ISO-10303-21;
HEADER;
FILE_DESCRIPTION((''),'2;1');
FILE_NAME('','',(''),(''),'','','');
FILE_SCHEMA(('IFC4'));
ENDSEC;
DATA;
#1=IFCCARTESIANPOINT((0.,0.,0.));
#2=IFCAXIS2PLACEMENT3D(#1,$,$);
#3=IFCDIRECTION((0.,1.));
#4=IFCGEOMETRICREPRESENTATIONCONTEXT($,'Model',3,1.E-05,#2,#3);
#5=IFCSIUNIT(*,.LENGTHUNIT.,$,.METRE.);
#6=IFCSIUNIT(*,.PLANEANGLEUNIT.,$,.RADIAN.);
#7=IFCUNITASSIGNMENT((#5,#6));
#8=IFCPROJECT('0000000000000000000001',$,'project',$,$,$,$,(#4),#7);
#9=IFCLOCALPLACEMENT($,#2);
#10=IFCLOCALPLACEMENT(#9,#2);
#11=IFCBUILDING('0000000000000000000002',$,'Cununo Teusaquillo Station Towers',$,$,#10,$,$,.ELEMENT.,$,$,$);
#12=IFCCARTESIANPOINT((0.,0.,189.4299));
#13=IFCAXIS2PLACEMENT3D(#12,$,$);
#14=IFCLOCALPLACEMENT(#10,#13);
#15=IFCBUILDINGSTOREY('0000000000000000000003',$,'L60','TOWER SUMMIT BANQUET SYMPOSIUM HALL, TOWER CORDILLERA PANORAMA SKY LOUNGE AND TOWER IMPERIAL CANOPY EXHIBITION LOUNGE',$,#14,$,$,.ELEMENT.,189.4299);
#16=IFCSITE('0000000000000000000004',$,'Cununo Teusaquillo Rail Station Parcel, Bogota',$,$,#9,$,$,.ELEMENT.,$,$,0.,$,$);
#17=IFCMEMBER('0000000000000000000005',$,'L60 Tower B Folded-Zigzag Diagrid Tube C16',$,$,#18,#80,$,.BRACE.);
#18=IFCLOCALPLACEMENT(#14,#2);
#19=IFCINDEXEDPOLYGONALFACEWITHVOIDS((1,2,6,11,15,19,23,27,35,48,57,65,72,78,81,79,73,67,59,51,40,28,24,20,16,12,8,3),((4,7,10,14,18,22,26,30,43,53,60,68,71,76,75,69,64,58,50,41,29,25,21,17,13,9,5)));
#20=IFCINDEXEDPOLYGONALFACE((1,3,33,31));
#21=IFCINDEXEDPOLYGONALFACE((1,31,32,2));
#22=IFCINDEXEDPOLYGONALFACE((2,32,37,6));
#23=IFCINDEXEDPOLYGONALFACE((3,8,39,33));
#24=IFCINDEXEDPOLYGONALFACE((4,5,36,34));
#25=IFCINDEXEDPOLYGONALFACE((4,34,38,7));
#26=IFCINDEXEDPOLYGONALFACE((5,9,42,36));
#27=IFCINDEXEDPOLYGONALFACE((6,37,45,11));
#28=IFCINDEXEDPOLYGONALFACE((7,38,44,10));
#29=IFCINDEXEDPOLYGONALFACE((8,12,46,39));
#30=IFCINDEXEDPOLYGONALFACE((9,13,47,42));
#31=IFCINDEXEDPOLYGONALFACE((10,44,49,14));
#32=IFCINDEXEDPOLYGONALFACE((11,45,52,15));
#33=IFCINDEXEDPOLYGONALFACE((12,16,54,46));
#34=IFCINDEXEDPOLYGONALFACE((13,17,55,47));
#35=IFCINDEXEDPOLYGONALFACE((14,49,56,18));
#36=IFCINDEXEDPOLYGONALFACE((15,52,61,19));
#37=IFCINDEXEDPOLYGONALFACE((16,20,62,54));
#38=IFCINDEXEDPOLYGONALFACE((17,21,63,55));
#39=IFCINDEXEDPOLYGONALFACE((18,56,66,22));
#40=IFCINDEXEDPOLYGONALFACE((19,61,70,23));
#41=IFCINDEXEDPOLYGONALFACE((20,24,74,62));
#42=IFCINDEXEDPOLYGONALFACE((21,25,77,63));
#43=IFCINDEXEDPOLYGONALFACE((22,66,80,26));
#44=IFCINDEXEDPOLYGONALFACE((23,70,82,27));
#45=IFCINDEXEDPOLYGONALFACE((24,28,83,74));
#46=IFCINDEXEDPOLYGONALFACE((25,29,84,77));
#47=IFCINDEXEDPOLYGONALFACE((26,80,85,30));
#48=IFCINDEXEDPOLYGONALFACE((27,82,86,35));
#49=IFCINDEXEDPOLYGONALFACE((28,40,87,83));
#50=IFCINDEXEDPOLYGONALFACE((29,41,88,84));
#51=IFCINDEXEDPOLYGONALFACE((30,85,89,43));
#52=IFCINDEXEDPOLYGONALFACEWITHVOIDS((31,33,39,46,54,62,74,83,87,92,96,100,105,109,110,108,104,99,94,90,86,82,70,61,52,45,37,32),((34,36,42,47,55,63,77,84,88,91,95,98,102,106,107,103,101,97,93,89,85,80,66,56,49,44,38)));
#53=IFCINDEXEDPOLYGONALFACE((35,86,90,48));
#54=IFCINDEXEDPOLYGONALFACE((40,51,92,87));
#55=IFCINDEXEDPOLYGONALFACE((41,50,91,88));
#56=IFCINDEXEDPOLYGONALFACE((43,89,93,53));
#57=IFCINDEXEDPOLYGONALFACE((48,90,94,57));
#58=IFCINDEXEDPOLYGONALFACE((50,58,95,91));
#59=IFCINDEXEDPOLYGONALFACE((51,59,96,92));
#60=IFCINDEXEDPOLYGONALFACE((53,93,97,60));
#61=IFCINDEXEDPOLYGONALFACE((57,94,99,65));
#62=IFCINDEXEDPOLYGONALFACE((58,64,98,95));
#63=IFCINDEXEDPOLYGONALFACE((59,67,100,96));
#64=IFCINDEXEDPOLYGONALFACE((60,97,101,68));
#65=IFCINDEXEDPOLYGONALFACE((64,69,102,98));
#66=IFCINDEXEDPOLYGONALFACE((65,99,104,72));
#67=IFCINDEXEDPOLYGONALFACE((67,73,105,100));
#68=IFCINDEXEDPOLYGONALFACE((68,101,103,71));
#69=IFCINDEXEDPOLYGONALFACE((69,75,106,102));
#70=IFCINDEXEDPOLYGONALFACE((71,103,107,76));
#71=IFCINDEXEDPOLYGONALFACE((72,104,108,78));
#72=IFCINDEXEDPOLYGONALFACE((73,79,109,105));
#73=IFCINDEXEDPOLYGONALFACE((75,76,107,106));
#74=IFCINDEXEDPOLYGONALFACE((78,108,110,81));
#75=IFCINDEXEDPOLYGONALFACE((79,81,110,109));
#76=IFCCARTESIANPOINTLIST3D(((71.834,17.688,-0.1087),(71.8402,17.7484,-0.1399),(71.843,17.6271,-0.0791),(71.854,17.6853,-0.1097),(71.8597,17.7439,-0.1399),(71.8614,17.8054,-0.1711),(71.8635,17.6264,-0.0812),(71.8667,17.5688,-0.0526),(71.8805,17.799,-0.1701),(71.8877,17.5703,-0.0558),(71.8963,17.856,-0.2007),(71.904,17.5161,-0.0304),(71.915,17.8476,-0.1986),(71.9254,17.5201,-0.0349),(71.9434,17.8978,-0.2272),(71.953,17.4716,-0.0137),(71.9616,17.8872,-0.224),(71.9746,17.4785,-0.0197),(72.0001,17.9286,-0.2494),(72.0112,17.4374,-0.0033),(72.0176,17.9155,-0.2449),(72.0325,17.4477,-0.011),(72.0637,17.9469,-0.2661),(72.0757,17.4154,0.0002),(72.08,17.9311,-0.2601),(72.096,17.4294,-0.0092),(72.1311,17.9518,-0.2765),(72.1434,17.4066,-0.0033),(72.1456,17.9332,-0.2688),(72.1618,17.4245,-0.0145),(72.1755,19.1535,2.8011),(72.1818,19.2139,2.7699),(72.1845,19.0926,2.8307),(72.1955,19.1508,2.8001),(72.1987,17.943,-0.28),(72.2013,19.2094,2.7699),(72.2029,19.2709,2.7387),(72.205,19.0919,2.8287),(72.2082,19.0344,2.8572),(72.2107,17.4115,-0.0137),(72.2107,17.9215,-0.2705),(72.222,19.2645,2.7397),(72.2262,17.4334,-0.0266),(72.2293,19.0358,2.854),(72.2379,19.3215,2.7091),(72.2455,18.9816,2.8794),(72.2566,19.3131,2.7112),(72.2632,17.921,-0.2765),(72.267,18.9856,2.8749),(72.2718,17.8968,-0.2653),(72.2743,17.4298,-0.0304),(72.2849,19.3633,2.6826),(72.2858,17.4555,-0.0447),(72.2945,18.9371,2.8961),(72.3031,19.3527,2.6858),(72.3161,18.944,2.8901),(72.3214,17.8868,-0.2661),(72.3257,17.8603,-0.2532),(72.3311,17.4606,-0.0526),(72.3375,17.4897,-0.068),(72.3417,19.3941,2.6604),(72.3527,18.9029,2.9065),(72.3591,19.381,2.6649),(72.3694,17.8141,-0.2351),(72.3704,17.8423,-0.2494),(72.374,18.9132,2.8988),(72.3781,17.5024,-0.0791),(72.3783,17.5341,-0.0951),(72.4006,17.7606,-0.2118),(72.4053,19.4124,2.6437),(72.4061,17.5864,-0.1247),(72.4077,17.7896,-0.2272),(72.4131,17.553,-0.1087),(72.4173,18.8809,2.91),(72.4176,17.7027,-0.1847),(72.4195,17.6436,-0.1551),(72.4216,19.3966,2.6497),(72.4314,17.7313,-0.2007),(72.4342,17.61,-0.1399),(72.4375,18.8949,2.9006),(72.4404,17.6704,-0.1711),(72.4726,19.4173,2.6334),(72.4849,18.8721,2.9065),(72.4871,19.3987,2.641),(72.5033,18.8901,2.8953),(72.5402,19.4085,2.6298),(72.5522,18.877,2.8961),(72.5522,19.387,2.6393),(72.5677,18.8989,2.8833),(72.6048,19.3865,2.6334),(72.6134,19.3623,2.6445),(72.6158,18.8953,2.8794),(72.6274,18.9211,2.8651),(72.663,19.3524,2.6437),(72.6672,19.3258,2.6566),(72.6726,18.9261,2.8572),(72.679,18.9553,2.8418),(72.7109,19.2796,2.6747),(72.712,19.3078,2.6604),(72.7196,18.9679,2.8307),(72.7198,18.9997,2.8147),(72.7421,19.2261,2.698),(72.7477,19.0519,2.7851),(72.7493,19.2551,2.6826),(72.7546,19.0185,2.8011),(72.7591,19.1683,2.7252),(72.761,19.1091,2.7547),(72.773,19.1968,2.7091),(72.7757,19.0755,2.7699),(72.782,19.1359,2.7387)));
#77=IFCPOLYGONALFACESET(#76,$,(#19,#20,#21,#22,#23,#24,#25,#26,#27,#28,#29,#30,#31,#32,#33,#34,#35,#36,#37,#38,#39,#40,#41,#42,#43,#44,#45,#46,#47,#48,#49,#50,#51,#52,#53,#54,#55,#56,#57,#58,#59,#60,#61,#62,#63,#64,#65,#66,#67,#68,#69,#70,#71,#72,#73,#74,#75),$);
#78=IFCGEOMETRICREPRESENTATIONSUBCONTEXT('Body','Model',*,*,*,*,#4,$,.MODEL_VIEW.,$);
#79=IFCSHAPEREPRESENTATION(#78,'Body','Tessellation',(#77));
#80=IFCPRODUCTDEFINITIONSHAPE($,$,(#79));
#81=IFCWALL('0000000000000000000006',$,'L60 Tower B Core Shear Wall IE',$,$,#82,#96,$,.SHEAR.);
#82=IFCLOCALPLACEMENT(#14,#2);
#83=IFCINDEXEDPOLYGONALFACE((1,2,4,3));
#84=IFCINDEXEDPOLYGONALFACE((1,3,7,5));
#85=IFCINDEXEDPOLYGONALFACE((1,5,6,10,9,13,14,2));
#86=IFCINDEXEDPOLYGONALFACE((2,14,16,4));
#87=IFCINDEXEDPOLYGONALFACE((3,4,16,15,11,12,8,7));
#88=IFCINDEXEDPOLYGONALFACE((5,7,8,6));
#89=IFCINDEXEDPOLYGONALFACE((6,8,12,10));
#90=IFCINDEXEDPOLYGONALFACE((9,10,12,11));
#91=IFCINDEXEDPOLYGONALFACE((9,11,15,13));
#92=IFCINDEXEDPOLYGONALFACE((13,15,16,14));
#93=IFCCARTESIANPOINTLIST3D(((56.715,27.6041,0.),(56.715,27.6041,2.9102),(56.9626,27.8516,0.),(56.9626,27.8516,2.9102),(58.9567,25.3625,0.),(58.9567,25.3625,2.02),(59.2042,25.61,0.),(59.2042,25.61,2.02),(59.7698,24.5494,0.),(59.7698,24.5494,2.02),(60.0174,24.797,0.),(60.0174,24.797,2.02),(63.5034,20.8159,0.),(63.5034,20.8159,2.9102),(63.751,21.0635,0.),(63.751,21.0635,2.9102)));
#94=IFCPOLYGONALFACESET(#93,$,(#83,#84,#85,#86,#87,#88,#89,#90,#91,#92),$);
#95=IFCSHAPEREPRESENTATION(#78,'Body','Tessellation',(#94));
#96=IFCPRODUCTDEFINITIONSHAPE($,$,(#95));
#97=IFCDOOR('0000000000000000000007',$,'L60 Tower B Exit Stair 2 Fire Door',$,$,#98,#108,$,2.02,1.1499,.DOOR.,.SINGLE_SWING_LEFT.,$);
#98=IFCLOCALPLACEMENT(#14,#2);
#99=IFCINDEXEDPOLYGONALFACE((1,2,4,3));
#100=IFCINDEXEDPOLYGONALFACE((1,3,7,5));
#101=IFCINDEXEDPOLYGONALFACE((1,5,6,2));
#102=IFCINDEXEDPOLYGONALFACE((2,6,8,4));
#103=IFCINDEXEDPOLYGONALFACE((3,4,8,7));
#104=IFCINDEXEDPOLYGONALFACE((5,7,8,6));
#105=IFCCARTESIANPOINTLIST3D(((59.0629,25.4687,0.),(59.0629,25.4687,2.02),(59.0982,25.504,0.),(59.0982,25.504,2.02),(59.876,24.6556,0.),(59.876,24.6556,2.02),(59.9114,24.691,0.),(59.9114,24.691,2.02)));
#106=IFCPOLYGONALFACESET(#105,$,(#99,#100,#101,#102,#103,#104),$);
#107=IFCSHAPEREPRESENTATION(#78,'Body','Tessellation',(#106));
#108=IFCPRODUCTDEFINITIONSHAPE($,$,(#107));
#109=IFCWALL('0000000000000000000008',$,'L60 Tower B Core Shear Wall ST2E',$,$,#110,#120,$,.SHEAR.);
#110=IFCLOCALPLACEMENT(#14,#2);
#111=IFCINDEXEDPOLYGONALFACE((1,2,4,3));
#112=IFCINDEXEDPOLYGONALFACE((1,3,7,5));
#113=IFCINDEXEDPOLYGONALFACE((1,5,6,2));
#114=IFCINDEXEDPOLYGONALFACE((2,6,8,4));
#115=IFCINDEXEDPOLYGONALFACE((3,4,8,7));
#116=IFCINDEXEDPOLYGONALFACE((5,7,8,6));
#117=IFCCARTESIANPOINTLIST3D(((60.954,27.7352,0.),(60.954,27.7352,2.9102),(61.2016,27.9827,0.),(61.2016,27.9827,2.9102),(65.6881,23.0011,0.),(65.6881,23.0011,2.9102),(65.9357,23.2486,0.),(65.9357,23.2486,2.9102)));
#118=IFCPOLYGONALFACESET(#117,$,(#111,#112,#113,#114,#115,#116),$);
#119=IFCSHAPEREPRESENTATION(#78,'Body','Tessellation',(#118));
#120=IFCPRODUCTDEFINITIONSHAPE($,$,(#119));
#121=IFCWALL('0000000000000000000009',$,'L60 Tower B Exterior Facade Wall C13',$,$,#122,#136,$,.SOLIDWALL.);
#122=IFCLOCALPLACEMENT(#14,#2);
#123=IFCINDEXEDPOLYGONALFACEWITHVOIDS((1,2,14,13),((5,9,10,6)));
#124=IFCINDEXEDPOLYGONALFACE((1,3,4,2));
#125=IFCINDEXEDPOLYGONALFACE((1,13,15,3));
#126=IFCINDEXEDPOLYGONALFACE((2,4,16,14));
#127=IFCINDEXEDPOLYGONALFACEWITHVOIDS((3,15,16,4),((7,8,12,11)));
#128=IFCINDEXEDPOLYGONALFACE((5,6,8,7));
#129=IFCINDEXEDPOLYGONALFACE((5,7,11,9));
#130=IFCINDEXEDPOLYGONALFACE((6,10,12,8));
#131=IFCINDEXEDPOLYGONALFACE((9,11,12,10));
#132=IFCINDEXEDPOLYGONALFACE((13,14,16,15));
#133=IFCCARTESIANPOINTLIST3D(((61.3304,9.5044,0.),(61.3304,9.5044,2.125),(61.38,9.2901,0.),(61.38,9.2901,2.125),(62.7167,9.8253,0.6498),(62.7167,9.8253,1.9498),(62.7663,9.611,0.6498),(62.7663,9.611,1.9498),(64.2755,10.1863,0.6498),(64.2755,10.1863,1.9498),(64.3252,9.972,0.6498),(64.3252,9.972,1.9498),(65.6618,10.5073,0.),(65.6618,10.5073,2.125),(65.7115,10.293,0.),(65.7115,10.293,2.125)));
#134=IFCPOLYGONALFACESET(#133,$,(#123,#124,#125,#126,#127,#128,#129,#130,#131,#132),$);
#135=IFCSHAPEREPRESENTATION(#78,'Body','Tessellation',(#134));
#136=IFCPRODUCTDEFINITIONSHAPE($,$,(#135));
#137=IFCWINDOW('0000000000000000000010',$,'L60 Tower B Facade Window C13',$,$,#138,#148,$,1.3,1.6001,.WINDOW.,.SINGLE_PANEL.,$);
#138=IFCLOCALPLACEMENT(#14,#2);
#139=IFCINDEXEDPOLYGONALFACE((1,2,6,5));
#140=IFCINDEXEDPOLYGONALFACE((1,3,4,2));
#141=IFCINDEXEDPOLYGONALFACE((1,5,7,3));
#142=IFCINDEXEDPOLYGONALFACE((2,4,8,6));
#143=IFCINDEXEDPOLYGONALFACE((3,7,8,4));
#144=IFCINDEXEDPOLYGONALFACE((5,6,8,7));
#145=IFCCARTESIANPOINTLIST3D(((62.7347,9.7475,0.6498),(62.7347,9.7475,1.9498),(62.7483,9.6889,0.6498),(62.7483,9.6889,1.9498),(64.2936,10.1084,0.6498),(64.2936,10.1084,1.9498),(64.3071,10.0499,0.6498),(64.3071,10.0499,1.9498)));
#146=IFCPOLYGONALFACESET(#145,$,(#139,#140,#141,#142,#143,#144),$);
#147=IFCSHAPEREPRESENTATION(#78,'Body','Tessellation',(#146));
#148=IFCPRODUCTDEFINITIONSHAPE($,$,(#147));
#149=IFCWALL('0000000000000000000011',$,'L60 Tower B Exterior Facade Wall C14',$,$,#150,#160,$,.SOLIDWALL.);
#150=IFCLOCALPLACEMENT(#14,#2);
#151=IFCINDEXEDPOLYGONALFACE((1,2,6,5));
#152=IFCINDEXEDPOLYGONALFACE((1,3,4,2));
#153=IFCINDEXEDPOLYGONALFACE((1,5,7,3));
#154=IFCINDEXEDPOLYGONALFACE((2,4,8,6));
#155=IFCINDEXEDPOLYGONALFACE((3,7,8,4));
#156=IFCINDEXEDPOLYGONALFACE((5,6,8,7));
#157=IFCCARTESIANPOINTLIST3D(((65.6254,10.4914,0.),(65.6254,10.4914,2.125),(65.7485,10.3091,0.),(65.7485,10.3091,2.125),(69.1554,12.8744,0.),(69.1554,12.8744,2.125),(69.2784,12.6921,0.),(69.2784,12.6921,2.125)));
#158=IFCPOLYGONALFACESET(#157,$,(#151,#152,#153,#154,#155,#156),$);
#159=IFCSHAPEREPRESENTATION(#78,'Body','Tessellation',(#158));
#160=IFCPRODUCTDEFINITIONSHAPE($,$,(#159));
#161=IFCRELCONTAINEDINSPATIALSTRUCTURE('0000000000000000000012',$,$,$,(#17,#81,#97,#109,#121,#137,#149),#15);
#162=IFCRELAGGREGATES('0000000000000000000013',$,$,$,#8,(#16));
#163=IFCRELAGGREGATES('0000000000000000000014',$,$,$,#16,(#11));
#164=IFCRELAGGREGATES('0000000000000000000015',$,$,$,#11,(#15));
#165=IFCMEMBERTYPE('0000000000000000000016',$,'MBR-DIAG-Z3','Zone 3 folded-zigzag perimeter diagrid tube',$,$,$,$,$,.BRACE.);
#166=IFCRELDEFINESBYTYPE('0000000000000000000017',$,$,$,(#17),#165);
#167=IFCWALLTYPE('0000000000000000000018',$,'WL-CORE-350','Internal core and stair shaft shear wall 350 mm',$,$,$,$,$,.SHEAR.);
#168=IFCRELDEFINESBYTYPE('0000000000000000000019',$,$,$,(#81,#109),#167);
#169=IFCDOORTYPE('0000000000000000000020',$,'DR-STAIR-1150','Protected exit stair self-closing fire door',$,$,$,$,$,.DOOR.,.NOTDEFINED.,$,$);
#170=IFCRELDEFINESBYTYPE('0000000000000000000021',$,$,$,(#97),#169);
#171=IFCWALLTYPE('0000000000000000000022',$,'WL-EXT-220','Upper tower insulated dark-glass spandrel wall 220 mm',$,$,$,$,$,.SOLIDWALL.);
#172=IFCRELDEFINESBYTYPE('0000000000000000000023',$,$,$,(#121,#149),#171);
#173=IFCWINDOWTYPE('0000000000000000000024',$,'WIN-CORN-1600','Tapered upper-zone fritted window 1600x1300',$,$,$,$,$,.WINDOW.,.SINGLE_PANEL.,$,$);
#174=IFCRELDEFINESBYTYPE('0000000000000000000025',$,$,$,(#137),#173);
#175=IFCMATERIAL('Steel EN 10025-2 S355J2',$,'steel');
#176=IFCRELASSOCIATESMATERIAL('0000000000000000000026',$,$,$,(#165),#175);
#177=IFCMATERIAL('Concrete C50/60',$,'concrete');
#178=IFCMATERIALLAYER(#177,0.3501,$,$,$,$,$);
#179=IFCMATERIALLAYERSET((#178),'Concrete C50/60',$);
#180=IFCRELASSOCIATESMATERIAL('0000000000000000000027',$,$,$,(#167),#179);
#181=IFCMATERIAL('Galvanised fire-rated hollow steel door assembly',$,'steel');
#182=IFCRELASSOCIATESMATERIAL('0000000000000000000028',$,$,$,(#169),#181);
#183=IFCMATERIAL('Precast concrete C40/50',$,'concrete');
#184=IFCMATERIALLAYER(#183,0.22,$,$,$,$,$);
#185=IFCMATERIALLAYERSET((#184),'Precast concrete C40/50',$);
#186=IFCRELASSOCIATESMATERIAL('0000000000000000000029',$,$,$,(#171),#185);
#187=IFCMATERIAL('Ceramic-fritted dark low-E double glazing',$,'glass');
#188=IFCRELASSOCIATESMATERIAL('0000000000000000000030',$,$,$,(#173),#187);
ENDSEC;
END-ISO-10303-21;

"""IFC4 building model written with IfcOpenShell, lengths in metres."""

from ifc_helpers import new_model, si_unit, direction, frame, frame_2d, origin, origin_2d, place, context, subcontext, project, spatial, rectangle, hollow_circle, extrude, source, transform, mapped, material, layer, layer_set, material_profile, profile_set, type_object, element, fill, save


model = new_model("IFC4")

# Units and contexts
model_context = context("Model", 3, precision=1e-05, world=origin(), true_north=direction((0.0, 1.0)))
body_context = subcontext(model_context, "Body", "Model", "MODEL_VIEW")
ifc_project = project(units=[si_unit("LENGTHUNIT", "METRE"), si_unit("PLANEANGLEUNIT", "RADIAN")], contexts=[model_context])

# Site, building, storey
site_placement = place(None, origin())
site = spatial("IfcSite", under=ifc_project, at=site_placement, Name="Cununo Teusaquillo Rail Station Parcel, Bogota", CompositionType="ELEMENT", RefElevation=0.0)
building_placement = place(site_placement, origin())
building = spatial("IfcBuilding", under=site, at=building_placement, Name="Cununo Teusaquillo Station Towers", CompositionType="ELEMENT")
storey_placement = place(building_placement, frame((0.0, 0.0, 189.4299)))
storey = spatial("IfcBuildingStorey", under=building, at=storey_placement, Name="L60", Description="TOWER SUMMIT BANQUET SYMPOSIUM HALL, TOWER CORDILLERA PANORAMA SKY LOUNGE AND TOWER IMPERIAL CANOPY EXHIBITION LOUNGE", CompositionType="ELEMENT", Elevation=189.4299)

# Member
ifc_material_1 = material(Name="Steel EN 10025-2 S355J2", Category="steel")
ifc_material_profile_1 = material_profile(ifc_material_1, hollow_circle(Radius=0.3049, WallThickness=0.02, at=origin_2d()), Name="CHS 610x20")
ifc_profile_set_1 = profile_set([ifc_material_profile_1], Name="Steel EN 10025-2 S355J2")
member_type = type_object("IfcMemberType", Name="MBR-DIAG-Z3", Description="Zone 3 folded-zigzag perimeter diagrid tube", PredefinedType="BRACE", material=ifc_profile_set_1)
member_1_placement = place(storey_placement, frame((72.1372, 17.6792, -0.1399), z_axis=(0.104259, 0.447368, 0.888252), x_axis=(-0.973902, 0.226968, 0.0)))
element("IfcMember", 1, at=member_1_placement, inside=storey, type_object=member_type, Name="L60 Tower B Folded-Zigzag Diagrid Tube C16", PredefinedType="BRACE", context=body_context, shape_type="SweptSolid", body=[
    extrude(hollow_circle(Radius=0.3049, WallThickness=0.02, at=origin_2d()), origin(), (0.0, 0.0, 1.0), 3.2759),
])

# Wall, opening, door
ifc_material_2 = material(Name="Concrete C50/60", Category="concrete")
ifc_layer_1 = layer(ifc_material_2, 0.3501)
ifc_layer_set_1 = layer_set([ifc_layer_1], Name="Concrete C50/60")
wall_type_1 = type_object("IfcWallType", Name="WL-CORE-350", Description="Internal core and stair shaft shear wall 350 mm", PredefinedType="SHEAR", material=ifc_layer_set_1)
wall_1_placement = place(storey_placement, frame((63.6272, 20.9397, 0.0), z_axis=(0.0, 0.0, 1.0), x_axis=(-0.707119, 0.707094, 0.0)))
wall_1 = element("IfcWall", 2, at=wall_1_placement, inside=storey, type_object=wall_type_1, Name="L60 Tower B Core Shear Wall IE", PredefinedType="SHEAR", context=body_context, shape_type="SweptSolid", body=[
    extrude(rectangle(XDim=9.6001, YDim=0.3501, at=frame_2d((4.8, 0.0))), origin(), (0.0, 0.0, 1.0), 2.9102),
])
shared_shape_1 = source(origin(), body_context, "Body", "SweptSolid", [
    extrude(rectangle(XDim=1.1499, YDim=2.02, at=frame_2d((0.575, 1.01))), frame((0.0, 0.1851, 0.0), z_axis=(0.0, -1.0, 0.0), x_axis=(1.0, 0.0, 0.0)), (0.0, 0.0, 1.0), 0.3701),
])
opening_1_placement = place(wall_1_placement, frame((5.28, 0.0, 0.0)))
opening_1 = element("IfcOpeningElement", 3, at=opening_1_placement, cuts=wall_1, PredefinedType="OPENING", context=body_context, shape_type="MappedRepresentation", body=[
    mapped(shared_shape_1, transform((0.0, 0.0, 0.0), x_axis=(1.0, 0.0, 0.0), y_axis=(0.0, 1.0, 0.0), z_axis=(0.0, 0.0, 1.0), scale=1.0)),
])
ifc_material_3 = material(Name="Galvanised fire-rated hollow steel door assembly", Category="steel")
door_type_1 = type_object("IfcDoorType", Name="DR-STAIR-1150", Description="Protected exit stair self-closing fire door", OperationType="NOTDEFINED", PredefinedType="DOOR", material=ifc_material_3)
shared_shape_2 = source(origin(), body_context, "Body", "SweptSolid", [
    extrude(rectangle(XDim=1.1499, YDim=2.02, at=frame_2d((0.575, 1.01))), frame((0.0, 0.0249, 0.0), z_axis=(0.0, -1.0, 0.0), x_axis=(1.0, 0.0, 0.0)), (0.0, 0.0, 1.0), 0.05),
])
door_1_placement = place(opening_1_placement, origin())
door_1 = element("IfcDoor", 4, at=door_1_placement, inside=storey, type_object=door_type_1, Name="L60 Tower B Exit Stair 2 Fire Door", OperationType="SINGLE_SWING_LEFT", OverallHeight=2.02, OverallWidth=1.1499, PredefinedType="DOOR", context=body_context, shape_type="MappedRepresentation", body=[
    mapped(shared_shape_2, transform((0.0, 0.0, 0.0), x_axis=(1.0, 0.0, 0.0), y_axis=(0.0, 1.0, 0.0), z_axis=(0.0, 0.0, 1.0), scale=1.0)),
])
fill(opening_1, door_1)

# Wall
wall_2_placement = place(storey_placement, frame((65.812, 23.1248, 0.0), z_axis=(0.0, 0.0, 1.0), x_axis=(-0.707107, 0.707107, 0.0)))
element("IfcWall", 5, at=wall_2_placement, inside=storey, type_object=wall_type_1, Name="L60 Tower B Core Shear Wall ST2E", PredefinedType="SHEAR", context=body_context, shape_type="SweptSolid", body=[
    extrude(rectangle(XDim=6.6951, YDim=0.3501, at=frame_2d((3.3477, 0.0))), origin(), (0.0, 0.0, 1.0), 2.9102),
])

# Wall, opening, window
ifc_material_4 = material(Name="Precast concrete C40/50", Category="concrete")
ifc_layer_2 = layer(ifc_material_4, 0.22)
ifc_layer_set_2 = layer_set([ifc_layer_2], Name="Precast concrete C40/50")
wall_type_2 = type_object("IfcWallType", Name="WL-EXT-220", Description="Upper tower insulated dark-glass spandrel wall 220 mm", PredefinedType="SOLIDWALL", material=ifc_layer_set_2)
wall_3_placement = place(storey_placement, frame((65.6868, 10.4001, 0.0), z_axis=(0.0, 0.0, 1.0), x_axis=(-0.974226, -0.225573, 0.0)))
wall_3 = element("IfcWall", 6, at=wall_3_placement, inside=storey, type_object=wall_type_2, Name="L60 Tower B Exterior Facade Wall C13", PredefinedType="SOLIDWALL", context=body_context, shape_type="SweptSolid", body=[
    extrude(rectangle(XDim=4.446, YDim=0.22, at=frame_2d((2.2231, 0.0))), origin(), (0.0, 0.0, 1.0), 2.125),
])
shared_shape_3 = source(origin(), body_context, "Body", "SweptSolid", [
    extrude(rectangle(XDim=1.6001, YDim=1.3, at=frame_2d((0.8, 0.6499))), frame((0.0, 0.1199, 0.0), z_axis=(0.0, -1.0, 0.0), x_axis=(1.0, 0.0, 0.0)), (0.0, 0.0, 1.0), 0.24),
])
opening_2_placement = place(wall_3_placement, frame((1.4231, 0.0, 0.6499)))
opening_2 = element("IfcOpeningElement", 7, at=opening_2_placement, cuts=wall_3, PredefinedType="OPENING", context=body_context, shape_type="MappedRepresentation", body=[
    mapped(shared_shape_3, transform((0.0, 0.0, 0.0), x_axis=(1.0, 0.0, 0.0), y_axis=(0.0, 1.0, 0.0), z_axis=(0.0, 0.0, 1.0), scale=1.0)),
])
ifc_material_5 = material(Name="Ceramic-fritted dark low-E double glazing", Category="glass")
window_type = type_object("IfcWindowType", Name="WIN-CORN-1600", Description="Tapered upper-zone fritted window 1600x1300", PartitioningType="SINGLE_PANEL", PredefinedType="WINDOW", material=ifc_material_5)
shared_shape_4 = source(origin(), body_context, "Body", "SweptSolid", [
    extrude(rectangle(XDim=1.6001, YDim=1.3, at=frame_2d((0.8, 0.6499))), frame((0.0, 0.03, 0.0), z_axis=(0.0, -1.0, 0.0), x_axis=(1.0, 0.0, 0.0)), (0.0, 0.0, 1.0), 0.0601),
])
window_1_placement = place(opening_2_placement, origin())
window_1 = element("IfcWindow", 8, at=window_1_placement, inside=storey, type_object=window_type, Name="L60 Tower B Facade Window C13", OverallHeight=1.3, OverallWidth=1.6001, PartitioningType="SINGLE_PANEL", PredefinedType="WINDOW", context=body_context, shape_type="MappedRepresentation", body=[
    mapped(shared_shape_4, transform((0.0, 0.0, 0.0), x_axis=(1.0, 0.0, 0.0), y_axis=(0.0, 1.0, 0.0), z_axis=(0.0, 0.0, 1.0), scale=1.0)),
])
fill(opening_2, window_1)

# Wall
wall_4_placement = place(storey_placement, frame((69.2168, 12.7832, 0.0), z_axis=(0.0, 0.0, 1.0), x_axis=(-0.828817, -0.559519, 0.0)))
element("IfcWall", 9, at=wall_4_placement, inside=storey, type_object=wall_type_2, Name="L60 Tower B Exterior Facade Wall C14", PredefinedType="SOLIDWALL", context=body_context, shape_type="SweptSolid", body=[
    extrude(rectangle(XDim=4.259, YDim=0.22, at=frame_2d((2.1294, 0.0))), origin(), (0.0, 0.0, 1.0), 2.125),
])

save(model, "model.ifc")
